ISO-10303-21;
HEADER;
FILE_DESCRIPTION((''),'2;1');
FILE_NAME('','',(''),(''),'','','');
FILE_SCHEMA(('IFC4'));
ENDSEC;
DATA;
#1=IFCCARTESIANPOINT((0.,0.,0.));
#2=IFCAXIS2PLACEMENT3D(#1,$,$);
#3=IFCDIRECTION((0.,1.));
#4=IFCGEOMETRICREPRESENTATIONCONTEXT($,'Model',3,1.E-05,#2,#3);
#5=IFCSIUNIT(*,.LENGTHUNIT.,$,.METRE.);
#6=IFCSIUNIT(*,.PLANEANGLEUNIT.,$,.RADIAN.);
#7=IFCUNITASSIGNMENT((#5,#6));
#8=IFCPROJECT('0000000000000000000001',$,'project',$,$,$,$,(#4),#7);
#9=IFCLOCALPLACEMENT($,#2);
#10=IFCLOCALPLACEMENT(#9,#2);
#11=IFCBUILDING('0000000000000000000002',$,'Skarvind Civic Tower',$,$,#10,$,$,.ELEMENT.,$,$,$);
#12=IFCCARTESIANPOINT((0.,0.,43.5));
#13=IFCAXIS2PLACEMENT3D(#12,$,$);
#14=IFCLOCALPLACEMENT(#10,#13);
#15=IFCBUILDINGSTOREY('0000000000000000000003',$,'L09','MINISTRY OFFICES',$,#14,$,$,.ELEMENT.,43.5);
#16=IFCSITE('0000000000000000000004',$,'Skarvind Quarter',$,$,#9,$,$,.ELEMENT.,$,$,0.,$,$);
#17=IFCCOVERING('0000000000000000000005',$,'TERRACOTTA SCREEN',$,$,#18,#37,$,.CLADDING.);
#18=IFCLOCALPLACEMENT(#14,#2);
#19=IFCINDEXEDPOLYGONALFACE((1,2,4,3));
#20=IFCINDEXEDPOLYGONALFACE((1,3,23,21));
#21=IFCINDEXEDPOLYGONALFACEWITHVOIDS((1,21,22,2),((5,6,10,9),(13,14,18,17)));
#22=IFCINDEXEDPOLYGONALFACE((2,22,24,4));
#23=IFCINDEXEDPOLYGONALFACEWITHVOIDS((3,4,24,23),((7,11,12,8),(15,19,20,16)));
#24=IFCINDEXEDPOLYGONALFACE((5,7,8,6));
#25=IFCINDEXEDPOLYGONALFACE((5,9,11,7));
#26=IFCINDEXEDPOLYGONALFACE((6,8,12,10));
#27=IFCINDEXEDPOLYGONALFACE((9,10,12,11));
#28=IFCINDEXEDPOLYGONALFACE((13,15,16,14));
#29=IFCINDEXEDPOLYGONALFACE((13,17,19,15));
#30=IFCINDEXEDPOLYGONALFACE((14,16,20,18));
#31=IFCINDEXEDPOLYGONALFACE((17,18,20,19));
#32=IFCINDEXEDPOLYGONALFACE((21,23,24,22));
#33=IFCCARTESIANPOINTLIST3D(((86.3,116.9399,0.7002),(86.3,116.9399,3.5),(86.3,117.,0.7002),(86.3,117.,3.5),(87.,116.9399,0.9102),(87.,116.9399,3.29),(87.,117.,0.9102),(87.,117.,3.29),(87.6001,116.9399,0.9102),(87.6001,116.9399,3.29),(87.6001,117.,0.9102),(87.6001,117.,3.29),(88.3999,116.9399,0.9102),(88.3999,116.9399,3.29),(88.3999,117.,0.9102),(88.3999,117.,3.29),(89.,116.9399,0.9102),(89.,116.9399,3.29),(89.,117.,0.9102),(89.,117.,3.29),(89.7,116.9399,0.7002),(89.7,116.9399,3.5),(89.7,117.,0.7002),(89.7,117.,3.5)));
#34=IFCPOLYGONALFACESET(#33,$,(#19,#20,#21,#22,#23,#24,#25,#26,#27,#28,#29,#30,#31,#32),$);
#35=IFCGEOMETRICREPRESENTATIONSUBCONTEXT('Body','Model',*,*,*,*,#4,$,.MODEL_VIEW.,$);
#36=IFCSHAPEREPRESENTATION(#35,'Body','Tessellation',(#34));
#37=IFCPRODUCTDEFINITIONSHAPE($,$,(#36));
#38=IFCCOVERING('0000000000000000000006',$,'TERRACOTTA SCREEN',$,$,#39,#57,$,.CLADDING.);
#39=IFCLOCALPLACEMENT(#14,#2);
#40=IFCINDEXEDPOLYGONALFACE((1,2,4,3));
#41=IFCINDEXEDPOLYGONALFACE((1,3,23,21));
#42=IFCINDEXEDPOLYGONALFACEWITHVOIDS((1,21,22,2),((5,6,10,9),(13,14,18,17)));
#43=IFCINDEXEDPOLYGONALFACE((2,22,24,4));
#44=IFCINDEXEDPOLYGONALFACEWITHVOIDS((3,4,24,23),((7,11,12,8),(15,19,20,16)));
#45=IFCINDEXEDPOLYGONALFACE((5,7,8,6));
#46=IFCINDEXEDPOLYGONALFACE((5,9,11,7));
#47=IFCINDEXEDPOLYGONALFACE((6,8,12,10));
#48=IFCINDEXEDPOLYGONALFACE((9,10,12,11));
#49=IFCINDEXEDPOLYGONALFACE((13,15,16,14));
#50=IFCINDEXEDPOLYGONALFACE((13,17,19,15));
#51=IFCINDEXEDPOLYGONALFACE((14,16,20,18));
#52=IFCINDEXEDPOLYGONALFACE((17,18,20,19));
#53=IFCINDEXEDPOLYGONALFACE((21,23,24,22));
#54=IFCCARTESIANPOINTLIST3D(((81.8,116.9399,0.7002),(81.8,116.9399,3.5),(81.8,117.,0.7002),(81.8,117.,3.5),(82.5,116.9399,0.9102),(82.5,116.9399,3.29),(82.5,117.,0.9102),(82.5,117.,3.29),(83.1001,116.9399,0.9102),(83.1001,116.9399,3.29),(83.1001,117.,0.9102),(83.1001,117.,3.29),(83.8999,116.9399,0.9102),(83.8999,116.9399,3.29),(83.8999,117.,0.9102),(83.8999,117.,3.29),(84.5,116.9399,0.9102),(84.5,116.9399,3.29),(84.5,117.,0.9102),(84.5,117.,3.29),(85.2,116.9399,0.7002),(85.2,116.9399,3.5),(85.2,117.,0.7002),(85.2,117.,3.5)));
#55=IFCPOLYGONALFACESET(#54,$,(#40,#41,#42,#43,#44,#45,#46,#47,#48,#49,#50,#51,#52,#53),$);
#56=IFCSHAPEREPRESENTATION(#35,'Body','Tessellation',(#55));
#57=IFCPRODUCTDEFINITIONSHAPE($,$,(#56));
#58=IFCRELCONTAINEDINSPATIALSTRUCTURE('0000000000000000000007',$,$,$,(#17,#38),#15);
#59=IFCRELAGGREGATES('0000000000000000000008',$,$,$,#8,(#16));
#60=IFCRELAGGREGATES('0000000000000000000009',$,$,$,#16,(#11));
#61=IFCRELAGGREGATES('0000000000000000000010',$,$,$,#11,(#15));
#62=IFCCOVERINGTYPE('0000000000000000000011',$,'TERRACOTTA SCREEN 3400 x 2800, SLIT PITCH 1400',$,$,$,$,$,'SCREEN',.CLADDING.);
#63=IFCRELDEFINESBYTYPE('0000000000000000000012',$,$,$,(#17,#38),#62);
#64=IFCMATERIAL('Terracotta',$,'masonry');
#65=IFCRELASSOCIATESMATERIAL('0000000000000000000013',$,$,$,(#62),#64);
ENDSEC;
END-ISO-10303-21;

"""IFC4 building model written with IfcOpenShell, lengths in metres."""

from ifc_helpers import new_model, si_unit, direction, frame, origin, place, context, subcontext, project, spatial, polyline, outline, extrude, material, material_profile, profile_set, type_object, element, save


model = new_model("IFC4")

# Units and contexts
model_context = context("Model", 3, precision=1e-05, world=origin(), true_north=direction((0.0, 1.0)))
body_context = subcontext(model_context, "Body", "Model", "MODEL_VIEW")
ifc_project = project(units=[si_unit("LENGTHUNIT", "METRE"), si_unit("PLANEANGLEUNIT", "RADIAN")], contexts=[model_context])

# Site, building, storey
site_placement = place(None, origin())
site = spatial("IfcSite", under=ifc_project, at=site_placement, Name="Skarvind Quarter", CompositionType="ELEMENT", RefElevation=0.0)
building_placement = place(site_placement, origin())
building = spatial("IfcBuilding", under=site, at=building_placement, Name="Skarvind Civic Tower", CompositionType="ELEMENT")
storey_placement = place(building_placement, frame((0.0, 0.0, 43.5)))
storey = spatial("IfcBuildingStorey", under=building, at=storey_placement, Name="L09", Description="MINISTRY OFFICES", CompositionType="ELEMENT", Elevation=43.5)

# Coverings
ifc_material_1 = material(Name="Terracotta", Category="masonry")
ifc_material_profile_1 = material_profile(ifc_material_1, outline(polyline([(-1.7, -1.3999), (1.7, -1.3999), (1.7, 1.3999), (-1.7, 1.3999), (-1.7, -1.3999)]), holes=[polyline([(-1.0, -1.1899), (-0.3999, -1.1899), (-0.3999, 1.1899), (-1.0, 1.1899), (-1.0, -1.1899)]), polyline([(0.3999, -1.1899), (1.0, -1.1899), (1.0, 1.1899), (0.3999, 1.1899), (0.3999, -1.1899)])]), Name="TERRACOTTA SCREEN 3400 x 2800, SLIT PITCH 1400")
ifc_profile_set_1 = profile_set([ifc_material_profile_1], Name="Terracotta")
covering_type = type_object("IfcCoveringType", Name="TERRACOTTA SCREEN 3400 x 2800, SLIT PITCH 1400", ElementType="SCREEN", PredefinedType="CLADDING", material=ifc_profile_set_1)
for number, where, z_axis, x_axis, name in (
    (1, (88.0, 117.0, 2.1001), (0.0, -1.0, 0.0), (1.0, 0.0, 0.0), "TERRACOTTA SCREEN"),
    (2, (83.5, 117.0, 2.1001), (0.0, -1.0, 0.0), (1.0, 0.0, 0.0), "TERRACOTTA SCREEN"),
):
    element("IfcCovering", number, at=place(storey_placement, frame(where, z_axis=z_axis, x_axis=x_axis)), inside=storey, type_object=covering_type, Name=name, PredefinedType="CLADDING", context=body_context, shape_type="SweptSolid", body=[
        extrude(outline(polyline([(-1.7, -1.3999), (1.7, -1.3999), (1.7, 1.3999), (-1.7, 1.3999), (-1.7, -1.3999)]), holes=[polyline([(-1.0, -1.1899), (-0.3999, -1.1899), (-0.3999, 1.1899), (-1.0, 1.1899), (-1.0, -1.1899)]), polyline([(0.3999, -1.1899), (1.0, -1.1899), (1.0, 1.1899), (0.3999, 1.1899), (0.3999, -1.1899)])]), origin(), (0.0, 0.0, 1.0), 0.0601),
    ])

save(model, "model.ifc")
